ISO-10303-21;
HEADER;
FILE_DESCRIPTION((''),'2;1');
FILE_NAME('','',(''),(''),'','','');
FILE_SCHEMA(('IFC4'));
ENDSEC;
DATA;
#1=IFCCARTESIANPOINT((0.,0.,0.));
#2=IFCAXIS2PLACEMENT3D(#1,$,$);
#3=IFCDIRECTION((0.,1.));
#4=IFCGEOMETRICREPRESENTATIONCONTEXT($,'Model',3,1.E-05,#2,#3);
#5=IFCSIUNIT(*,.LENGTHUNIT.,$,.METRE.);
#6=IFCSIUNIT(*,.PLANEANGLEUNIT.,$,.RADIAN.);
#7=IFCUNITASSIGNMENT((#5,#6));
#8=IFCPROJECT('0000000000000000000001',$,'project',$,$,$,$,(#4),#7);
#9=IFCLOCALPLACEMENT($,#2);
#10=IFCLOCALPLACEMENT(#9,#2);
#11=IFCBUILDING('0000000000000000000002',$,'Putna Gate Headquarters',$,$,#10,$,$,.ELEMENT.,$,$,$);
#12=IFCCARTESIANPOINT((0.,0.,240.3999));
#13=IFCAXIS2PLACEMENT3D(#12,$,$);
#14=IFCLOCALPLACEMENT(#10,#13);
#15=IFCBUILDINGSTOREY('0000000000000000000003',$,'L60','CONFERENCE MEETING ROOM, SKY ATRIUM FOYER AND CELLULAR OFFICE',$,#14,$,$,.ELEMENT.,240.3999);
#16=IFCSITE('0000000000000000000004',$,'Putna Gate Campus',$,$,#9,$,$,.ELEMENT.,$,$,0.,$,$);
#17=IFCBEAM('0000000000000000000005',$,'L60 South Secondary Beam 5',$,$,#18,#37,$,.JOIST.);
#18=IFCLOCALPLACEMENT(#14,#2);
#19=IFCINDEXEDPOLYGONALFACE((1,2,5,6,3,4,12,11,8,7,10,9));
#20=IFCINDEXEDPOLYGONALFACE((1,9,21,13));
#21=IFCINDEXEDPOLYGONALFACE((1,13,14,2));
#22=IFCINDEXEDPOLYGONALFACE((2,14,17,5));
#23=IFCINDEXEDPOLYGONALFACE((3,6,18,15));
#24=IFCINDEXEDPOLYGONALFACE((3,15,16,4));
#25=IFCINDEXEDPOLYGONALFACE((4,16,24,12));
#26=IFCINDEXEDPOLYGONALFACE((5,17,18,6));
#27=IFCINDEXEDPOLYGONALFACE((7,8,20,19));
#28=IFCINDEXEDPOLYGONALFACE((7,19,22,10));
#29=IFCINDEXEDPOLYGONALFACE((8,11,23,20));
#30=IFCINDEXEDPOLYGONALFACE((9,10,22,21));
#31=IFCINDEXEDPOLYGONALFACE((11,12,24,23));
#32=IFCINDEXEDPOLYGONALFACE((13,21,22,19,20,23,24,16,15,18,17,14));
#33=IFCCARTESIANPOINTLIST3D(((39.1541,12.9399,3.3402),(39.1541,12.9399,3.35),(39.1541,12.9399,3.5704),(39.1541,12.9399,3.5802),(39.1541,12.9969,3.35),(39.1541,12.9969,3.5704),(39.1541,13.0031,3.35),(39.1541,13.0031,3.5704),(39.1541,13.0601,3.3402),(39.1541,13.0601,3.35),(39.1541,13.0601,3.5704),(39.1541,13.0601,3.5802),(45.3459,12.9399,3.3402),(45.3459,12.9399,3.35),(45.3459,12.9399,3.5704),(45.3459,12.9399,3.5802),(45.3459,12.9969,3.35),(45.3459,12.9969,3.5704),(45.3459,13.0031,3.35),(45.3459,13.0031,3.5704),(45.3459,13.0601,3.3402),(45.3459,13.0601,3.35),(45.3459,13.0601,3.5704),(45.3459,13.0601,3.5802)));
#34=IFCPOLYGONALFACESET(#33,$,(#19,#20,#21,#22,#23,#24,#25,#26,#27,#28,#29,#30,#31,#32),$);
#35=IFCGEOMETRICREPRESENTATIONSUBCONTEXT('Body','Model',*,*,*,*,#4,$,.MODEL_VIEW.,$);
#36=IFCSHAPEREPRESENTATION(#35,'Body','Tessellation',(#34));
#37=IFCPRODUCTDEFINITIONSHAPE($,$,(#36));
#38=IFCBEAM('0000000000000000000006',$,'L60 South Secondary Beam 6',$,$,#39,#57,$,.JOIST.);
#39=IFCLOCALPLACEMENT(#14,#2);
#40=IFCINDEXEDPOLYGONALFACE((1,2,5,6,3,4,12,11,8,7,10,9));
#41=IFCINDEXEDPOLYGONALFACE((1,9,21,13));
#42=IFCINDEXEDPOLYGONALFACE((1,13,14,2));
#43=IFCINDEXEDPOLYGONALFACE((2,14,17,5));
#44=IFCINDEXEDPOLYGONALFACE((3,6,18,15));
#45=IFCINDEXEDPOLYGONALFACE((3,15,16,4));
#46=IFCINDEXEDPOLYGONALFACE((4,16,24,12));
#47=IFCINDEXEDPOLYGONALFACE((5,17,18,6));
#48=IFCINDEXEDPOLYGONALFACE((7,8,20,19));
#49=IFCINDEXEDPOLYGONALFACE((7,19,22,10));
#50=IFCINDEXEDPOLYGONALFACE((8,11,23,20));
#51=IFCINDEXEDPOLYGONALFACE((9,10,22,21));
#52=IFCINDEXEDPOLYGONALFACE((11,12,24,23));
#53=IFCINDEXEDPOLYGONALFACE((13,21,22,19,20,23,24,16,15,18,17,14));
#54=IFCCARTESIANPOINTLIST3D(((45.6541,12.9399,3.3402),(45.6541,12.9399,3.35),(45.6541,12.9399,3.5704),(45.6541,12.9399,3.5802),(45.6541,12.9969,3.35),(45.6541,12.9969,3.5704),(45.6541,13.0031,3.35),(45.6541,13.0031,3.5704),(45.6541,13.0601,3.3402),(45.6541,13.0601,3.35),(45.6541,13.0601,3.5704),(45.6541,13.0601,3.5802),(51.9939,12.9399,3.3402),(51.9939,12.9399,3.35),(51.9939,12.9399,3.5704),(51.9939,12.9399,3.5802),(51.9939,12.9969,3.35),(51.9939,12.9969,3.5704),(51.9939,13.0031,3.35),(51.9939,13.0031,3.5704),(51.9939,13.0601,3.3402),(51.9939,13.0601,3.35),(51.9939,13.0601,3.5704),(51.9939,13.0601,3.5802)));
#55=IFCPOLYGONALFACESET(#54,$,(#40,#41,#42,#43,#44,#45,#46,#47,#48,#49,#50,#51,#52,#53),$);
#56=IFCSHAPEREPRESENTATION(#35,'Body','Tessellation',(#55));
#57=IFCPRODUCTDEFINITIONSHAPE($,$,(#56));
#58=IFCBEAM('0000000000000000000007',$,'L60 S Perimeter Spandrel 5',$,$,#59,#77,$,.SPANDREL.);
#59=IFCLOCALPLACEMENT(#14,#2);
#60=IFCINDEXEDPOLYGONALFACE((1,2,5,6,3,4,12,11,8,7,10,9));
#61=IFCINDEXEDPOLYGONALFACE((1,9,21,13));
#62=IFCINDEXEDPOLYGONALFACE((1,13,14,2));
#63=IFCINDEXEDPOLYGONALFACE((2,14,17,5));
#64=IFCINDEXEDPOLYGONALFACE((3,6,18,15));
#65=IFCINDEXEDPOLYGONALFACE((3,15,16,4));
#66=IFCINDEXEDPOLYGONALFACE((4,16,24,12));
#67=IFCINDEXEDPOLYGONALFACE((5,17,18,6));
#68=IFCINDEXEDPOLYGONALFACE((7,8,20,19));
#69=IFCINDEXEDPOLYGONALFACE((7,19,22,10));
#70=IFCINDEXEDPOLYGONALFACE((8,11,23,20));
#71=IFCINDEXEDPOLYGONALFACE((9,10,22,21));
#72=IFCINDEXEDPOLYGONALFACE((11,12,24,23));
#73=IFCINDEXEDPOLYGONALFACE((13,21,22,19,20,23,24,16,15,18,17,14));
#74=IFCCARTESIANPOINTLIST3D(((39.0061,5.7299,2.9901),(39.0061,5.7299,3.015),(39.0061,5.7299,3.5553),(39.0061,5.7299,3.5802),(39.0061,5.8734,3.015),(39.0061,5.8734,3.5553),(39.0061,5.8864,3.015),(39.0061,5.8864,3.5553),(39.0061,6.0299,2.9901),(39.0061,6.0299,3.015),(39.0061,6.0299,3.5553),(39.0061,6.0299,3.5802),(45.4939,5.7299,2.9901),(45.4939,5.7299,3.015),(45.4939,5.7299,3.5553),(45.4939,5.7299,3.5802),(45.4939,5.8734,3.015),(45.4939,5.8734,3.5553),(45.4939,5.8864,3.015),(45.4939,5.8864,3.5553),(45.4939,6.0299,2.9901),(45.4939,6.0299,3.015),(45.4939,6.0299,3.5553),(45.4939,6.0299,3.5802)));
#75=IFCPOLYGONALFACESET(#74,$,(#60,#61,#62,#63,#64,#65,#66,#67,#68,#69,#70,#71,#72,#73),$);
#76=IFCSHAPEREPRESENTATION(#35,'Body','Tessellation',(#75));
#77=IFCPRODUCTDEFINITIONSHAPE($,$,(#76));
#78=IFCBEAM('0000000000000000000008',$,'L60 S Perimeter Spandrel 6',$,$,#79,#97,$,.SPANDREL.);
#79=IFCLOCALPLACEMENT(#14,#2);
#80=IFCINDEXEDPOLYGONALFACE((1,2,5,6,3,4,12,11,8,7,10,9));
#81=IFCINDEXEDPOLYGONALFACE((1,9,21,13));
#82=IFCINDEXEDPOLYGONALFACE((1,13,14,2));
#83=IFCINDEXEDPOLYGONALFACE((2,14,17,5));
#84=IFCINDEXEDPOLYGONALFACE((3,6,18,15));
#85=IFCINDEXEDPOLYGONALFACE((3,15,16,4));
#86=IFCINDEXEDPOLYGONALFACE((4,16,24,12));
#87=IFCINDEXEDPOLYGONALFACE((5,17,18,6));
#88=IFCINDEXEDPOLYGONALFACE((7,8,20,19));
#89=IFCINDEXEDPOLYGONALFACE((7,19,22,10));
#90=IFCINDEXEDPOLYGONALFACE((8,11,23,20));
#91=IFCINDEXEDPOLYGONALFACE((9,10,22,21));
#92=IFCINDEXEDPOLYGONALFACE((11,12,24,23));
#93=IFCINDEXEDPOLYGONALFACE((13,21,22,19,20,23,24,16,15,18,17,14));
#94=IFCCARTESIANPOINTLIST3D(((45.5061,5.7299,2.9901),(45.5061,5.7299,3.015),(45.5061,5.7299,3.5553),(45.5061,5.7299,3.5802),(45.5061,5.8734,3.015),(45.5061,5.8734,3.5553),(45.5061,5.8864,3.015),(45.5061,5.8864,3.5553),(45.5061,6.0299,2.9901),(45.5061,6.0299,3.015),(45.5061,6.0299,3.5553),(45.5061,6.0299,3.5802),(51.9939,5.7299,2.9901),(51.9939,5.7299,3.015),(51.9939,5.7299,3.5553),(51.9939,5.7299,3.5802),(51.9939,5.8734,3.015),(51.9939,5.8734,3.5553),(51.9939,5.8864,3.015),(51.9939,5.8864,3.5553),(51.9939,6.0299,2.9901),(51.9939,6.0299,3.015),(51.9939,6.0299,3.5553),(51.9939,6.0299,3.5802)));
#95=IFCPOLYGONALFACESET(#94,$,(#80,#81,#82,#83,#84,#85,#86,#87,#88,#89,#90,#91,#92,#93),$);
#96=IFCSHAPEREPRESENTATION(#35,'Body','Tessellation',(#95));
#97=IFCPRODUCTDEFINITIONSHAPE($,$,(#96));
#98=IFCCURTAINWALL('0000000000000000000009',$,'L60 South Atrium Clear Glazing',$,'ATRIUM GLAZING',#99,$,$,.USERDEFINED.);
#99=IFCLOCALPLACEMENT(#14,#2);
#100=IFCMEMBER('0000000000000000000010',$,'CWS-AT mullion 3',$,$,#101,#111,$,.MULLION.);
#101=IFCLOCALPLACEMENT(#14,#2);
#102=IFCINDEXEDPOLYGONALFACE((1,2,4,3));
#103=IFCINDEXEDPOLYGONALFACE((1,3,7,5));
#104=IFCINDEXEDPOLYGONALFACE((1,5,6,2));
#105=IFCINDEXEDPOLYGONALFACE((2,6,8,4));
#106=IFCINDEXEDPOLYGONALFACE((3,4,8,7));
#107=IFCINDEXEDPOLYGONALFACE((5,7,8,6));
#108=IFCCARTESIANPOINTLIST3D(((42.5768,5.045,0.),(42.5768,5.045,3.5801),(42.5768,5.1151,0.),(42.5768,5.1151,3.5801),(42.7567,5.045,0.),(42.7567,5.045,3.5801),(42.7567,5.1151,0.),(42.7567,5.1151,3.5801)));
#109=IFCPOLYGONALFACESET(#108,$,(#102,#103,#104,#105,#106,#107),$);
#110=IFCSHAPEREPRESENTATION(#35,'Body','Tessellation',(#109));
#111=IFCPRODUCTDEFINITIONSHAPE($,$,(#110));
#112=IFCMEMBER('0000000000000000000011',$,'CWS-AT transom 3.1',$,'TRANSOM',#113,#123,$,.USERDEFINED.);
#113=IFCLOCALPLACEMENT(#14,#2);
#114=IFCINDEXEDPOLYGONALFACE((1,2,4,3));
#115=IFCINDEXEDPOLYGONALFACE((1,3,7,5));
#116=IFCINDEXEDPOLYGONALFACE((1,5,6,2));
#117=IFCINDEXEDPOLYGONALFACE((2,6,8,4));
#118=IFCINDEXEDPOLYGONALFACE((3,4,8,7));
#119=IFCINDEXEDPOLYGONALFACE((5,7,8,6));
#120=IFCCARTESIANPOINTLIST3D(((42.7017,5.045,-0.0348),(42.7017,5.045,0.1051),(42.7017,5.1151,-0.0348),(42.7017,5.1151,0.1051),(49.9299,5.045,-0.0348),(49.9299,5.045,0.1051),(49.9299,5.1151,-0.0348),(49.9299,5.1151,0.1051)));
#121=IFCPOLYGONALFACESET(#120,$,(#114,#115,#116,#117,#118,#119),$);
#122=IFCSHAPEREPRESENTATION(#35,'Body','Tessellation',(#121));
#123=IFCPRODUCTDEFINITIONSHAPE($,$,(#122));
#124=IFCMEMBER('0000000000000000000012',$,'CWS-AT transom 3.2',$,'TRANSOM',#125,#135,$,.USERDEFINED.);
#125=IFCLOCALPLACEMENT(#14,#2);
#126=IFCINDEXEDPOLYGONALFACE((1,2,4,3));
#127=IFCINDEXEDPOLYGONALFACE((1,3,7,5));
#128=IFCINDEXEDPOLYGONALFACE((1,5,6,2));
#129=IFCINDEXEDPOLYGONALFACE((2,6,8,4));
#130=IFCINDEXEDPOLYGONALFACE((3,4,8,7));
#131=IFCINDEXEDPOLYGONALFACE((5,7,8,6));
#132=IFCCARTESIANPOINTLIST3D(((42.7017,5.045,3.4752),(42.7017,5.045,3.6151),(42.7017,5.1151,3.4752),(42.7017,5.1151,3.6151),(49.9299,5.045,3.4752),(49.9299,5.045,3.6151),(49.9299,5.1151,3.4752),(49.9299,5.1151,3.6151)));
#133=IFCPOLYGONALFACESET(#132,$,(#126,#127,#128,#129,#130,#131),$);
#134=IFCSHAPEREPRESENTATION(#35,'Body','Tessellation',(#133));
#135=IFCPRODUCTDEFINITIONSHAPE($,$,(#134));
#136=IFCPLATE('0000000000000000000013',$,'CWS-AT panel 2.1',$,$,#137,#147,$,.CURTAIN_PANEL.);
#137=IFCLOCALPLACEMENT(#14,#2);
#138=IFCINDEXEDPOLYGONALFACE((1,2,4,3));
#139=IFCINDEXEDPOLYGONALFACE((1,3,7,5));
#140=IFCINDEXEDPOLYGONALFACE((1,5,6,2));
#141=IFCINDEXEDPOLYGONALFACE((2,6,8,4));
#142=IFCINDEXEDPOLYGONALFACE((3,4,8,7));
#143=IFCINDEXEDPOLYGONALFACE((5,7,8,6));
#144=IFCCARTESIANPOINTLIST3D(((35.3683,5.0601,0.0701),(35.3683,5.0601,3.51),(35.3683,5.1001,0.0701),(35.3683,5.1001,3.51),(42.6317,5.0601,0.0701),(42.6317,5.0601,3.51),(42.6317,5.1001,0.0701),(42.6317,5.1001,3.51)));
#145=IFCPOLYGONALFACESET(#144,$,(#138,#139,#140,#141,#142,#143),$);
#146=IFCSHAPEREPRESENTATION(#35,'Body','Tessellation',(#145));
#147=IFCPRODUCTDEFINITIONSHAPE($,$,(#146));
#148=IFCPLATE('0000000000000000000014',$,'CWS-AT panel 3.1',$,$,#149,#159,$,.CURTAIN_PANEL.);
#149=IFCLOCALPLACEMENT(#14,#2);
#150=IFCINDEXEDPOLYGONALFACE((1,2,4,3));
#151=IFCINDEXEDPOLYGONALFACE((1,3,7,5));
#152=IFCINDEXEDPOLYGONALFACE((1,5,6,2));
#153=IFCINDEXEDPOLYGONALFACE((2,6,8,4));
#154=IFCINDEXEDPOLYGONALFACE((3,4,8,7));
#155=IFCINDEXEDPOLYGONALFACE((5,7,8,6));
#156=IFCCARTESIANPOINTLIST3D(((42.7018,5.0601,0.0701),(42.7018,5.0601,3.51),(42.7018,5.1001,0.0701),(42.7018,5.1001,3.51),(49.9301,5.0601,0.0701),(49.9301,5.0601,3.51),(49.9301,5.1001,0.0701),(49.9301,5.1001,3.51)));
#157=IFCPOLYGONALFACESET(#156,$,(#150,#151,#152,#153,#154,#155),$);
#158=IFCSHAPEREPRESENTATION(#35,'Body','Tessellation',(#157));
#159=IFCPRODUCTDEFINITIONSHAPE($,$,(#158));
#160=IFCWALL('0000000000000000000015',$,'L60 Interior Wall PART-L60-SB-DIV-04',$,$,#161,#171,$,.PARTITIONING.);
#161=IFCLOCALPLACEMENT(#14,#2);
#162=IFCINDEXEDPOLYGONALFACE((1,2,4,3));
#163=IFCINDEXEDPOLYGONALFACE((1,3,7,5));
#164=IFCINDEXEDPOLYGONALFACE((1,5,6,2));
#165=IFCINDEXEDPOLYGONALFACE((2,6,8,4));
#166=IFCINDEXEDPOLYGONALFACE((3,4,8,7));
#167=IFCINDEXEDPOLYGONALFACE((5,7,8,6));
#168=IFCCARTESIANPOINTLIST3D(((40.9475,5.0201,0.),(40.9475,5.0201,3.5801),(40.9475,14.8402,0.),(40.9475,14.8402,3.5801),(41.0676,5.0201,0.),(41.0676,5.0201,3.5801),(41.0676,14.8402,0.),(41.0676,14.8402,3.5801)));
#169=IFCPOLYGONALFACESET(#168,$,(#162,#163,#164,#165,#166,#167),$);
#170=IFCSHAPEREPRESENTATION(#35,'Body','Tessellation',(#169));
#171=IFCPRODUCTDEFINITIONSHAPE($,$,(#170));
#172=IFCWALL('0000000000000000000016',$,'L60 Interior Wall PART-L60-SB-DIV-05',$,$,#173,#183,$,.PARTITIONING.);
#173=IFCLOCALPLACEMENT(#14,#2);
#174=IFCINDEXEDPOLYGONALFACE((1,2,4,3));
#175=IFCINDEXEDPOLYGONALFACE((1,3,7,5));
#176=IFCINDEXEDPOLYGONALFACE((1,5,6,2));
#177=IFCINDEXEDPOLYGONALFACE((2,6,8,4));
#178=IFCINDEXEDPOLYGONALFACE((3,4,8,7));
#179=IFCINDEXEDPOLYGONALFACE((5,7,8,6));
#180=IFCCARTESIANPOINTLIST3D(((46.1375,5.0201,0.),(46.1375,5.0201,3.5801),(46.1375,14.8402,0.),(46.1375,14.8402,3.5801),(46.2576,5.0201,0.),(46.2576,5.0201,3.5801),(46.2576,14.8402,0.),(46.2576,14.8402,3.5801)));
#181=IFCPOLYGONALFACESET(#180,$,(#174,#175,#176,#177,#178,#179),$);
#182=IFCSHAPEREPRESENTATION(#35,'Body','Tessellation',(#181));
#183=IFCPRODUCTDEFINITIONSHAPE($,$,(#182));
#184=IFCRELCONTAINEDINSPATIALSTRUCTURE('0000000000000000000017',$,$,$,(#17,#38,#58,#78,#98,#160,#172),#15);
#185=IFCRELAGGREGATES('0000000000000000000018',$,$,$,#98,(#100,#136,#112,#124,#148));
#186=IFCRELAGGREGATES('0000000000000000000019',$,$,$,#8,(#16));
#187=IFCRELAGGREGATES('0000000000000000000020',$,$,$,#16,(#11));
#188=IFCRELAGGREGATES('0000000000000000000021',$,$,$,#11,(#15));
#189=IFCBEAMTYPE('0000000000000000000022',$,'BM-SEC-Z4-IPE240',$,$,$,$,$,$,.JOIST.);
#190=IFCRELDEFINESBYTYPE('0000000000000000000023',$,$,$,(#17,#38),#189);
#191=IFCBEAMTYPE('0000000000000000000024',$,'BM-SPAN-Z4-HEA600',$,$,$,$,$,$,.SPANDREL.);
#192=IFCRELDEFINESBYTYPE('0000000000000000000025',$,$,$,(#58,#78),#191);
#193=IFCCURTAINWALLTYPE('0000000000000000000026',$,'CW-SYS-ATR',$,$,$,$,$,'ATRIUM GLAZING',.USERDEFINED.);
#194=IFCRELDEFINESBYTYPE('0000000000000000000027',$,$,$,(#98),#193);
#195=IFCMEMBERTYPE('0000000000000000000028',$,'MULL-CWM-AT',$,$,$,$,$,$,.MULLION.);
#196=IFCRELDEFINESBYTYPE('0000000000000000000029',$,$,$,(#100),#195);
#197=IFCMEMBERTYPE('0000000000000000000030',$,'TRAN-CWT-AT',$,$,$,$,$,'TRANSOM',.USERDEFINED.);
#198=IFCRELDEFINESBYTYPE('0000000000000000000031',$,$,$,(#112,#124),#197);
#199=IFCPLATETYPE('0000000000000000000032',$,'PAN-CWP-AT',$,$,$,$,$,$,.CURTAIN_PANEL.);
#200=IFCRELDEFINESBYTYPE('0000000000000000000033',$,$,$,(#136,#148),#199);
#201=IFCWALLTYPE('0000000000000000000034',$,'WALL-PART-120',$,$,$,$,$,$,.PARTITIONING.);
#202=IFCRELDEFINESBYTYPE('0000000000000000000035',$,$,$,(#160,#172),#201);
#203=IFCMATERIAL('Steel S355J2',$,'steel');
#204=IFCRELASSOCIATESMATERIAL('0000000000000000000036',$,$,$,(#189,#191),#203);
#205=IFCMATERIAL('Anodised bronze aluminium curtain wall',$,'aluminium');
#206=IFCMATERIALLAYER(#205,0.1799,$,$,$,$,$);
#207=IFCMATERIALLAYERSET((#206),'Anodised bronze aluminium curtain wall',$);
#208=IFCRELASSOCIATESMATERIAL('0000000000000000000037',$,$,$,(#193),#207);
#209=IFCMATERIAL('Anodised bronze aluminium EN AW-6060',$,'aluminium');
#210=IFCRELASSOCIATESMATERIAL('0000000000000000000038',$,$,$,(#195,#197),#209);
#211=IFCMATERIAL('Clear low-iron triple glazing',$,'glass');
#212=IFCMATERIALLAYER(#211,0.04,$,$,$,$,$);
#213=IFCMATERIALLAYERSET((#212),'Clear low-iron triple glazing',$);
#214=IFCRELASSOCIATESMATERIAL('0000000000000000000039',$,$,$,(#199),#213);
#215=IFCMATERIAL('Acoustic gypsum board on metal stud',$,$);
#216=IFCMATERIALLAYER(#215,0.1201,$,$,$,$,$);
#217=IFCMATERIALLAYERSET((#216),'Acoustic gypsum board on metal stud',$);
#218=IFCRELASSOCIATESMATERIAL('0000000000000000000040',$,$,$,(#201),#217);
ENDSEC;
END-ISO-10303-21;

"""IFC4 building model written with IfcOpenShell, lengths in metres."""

from ifc_helpers import new_model, si_unit, direction, frame, frame_2d, origin, origin_2d, place, context, subcontext, project, spatial, rectangle, i_section, extrude, material, layer, layer_set, material_profile, profile_set, type_object, element, aggregate, save


model = new_model("IFC4")

# Units and contexts
model_context = context("Model", 3, precision=1e-05, world=origin(), true_north=direction((0.0, 1.0)))
body_context = subcontext(model_context, "Body", "Model", "MODEL_VIEW")
ifc_project = project(units=[si_unit("LENGTHUNIT", "METRE"), si_unit("PLANEANGLEUNIT", "RADIAN")], contexts=[model_context])

# Site, building, storey
site_placement = place(None, origin())
site = spatial("IfcSite", under=ifc_project, at=site_placement, Name="Putna Gate Campus", CompositionType="ELEMENT", RefElevation=0.0)
building_placement = place(site_placement, origin())
building = spatial("IfcBuilding", under=site, at=building_placement, Name="Putna Gate Headquarters", CompositionType="ELEMENT")
storey_placement = place(building_placement, frame((0.0, 0.0, 240.3999)))
storey = spatial("IfcBuildingStorey", under=building, at=storey_placement, Name="L60", Description="CONFERENCE MEETING ROOM, SKY ATRIUM FOYER AND CELLULAR OFFICE", CompositionType="ELEMENT", Elevation=240.3999)

# Beams
ifc_material_1 = material(Name="Steel S355J2", Category="steel")
ifc_material_profile_1 = material_profile(ifc_material_1, i_section(OverallWidth=0.1201, OverallDepth=0.24, WebThickness=0.0061, FlangeThickness=0.0098, at=origin_2d()), Name="Steel S355J2")
ifc_profile_set_1 = profile_set([ifc_material_profile_1], Name="Steel S355J2")
beam_type_1 = type_object("IfcBeamType", Name="BM-SEC-Z4-IPE240", PredefinedType="JOIST", material=ifc_profile_set_1)
beam_1_placement = place(storey_placement, frame((39.1541, 13.0, 3.4602), z_axis=(1.0, 0.0, 0.0), x_axis=(0.0, 1.0, 0.0)))
element("IfcBeam", 1, at=beam_1_placement, inside=storey, type_object=beam_type_1, Name="L60 South Secondary Beam 5", PredefinedType="JOIST", context=body_context, shape_type="SweptSolid", body=[
    extrude(i_section(OverallWidth=0.1201, OverallDepth=0.24, WebThickness=0.0061, FlangeThickness=0.0098, at=origin_2d()), origin(), (0.0, 0.0, 1.0), 6.1919),
])
beam_2_placement = place(storey_placement, frame((45.6541, 13.0, 3.4602), z_axis=(1.0, 0.0, 0.0), x_axis=(0.0, 1.0, 0.0)))
element("IfcBeam", 2, at=beam_2_placement, inside=storey, type_object=beam_type_1, Name="L60 South Secondary Beam 6", PredefinedType="JOIST", context=body_context, shape_type="SweptSolid", body=[
    extrude(i_section(OverallWidth=0.1201, OverallDepth=0.24, WebThickness=0.0061, FlangeThickness=0.0098, at=origin_2d()), origin(), (0.0, 0.0, 1.0), 6.3398),
])
ifc_material_profile_2 = material_profile(ifc_material_1, i_section(OverallWidth=0.3, OverallDepth=0.5901, WebThickness=0.0129, FlangeThickness=0.0249, at=origin_2d()), Name="Steel S355J2")
ifc_profile_set_2 = profile_set([ifc_material_profile_2], Name="Steel S355J2")
beam_type_2 = type_object("IfcBeamType", Name="BM-SPAN-Z4-HEA600", PredefinedType="SPANDREL", material=ifc_profile_set_2)
for number, where, z_axis, x_axis, name in (
    (3, (39.0061, 5.8799, 3.2852), (1.0, 0.0, 0.0), (0.0, 1.0, 0.0), "L60 S Perimeter Spandrel 5"),
    (4, (45.5061, 5.8799, 3.2852), (1.0, 0.0, 0.0), (0.0, 1.0, 0.0), "L60 S Perimeter Spandrel 6"),
):
    element("IfcBeam", number, at=place(storey_placement, frame(where, z_axis=z_axis, x_axis=x_axis)), inside=storey, type_object=beam_type_2, Name=name, PredefinedType="SPANDREL", context=body_context, shape_type="SweptSolid", body=[
        extrude(i_section(OverallWidth=0.3, OverallDepth=0.5901, WebThickness=0.0129, FlangeThickness=0.0249, at=origin_2d()), origin(), (0.0, 0.0, 1.0), 6.4878),
    ])

# Curtain wall, members, plates
ifc_material_2 = material(Name="Anodised bronze aluminium curtain wall", Category="aluminium")
ifc_layer_1 = layer(ifc_material_2, 0.1799)
ifc_layer_set_1 = layer_set([ifc_layer_1], Name="Anodised bronze aluminium curtain wall")
curtain_wall_type = type_object("IfcCurtainWallType", Name="CW-SYS-ATR", ElementType="ATRIUM GLAZING", PredefinedType="USERDEFINED", material=ifc_layer_set_1)
curtain_wall_placement = place(storey_placement, origin())
curtain_wall = element("IfcCurtainWall", 5, at=curtain_wall_placement, inside=storey, type_object=curtain_wall_type, Name="L60 South Atrium Clear Glazing", ObjectType="ATRIUM GLAZING", PredefinedType="USERDEFINED")
ifc_material_3 = material(Name="Anodised bronze aluminium EN AW-6060", Category="aluminium")
ifc_material_profile_3 = material_profile(ifc_material_3, rectangle(XDim=0.0701, YDim=0.1799, at=origin_2d()), Name="Anodised bronze aluminium EN AW-6060")
ifc_profile_set_3 = profile_set([ifc_material_profile_3], Name="Anodised bronze aluminium EN AW-6060")
member_type_1 = type_object("IfcMemberType", Name="MULL-CWM-AT", PredefinedType="MULLION", material=ifc_profile_set_3)
member_1_placement = place(storey_placement, frame((42.6667, 5.0801, 0.0), z_axis=(0.0, 0.0, 1.0), x_axis=(0.0, 1.0, 0.0)))
member_1 = element("IfcMember", 6, at=member_1_placement, type_object=member_type_1, Name="CWS-AT mullion 3", PredefinedType="MULLION", context=body_context, shape_type="SweptSolid", body=[
    extrude(rectangle(XDim=0.0701, YDim=0.1799, at=origin_2d()), origin(), (0.0, 0.0, 1.0), 3.5801),
])
ifc_material_profile_4 = material_profile(ifc_material_3, rectangle(XDim=0.0701, YDim=0.1399, at=origin_2d()), Name="Anodised bronze aluminium EN AW-6060")
ifc_profile_set_4 = profile_set([ifc_material_profile_4], Name="Anodised bronze aluminium EN AW-6060")
member_type_2 = type_object("IfcMemberType", Name="TRAN-CWT-AT", ElementType="TRANSOM", PredefinedType="USERDEFINED", material=ifc_profile_set_4)
member_2_placement = place(storey_placement, frame((42.7017, 5.0801, 0.0352), z_axis=(1.0, 0.0, 0.0), x_axis=(0.0, 1.0, 0.0)))
member_2 = element("IfcMember", 7, at=member_2_placement, type_object=member_type_2, Name="CWS-AT transom 3.1", ObjectType="TRANSOM", PredefinedType="USERDEFINED", context=body_context, shape_type="SweptSolid", body=[
    extrude(rectangle(XDim=0.0701, YDim=0.1399, at=origin_2d()), origin(), (0.0, 0.0, 1.0), 7.2283),
])
member_3_placement = place(storey_placement, frame((42.7017, 5.0801, 3.5452), z_axis=(1.0, 0.0, 0.0), x_axis=(0.0, 1.0, 0.0)))
member_3 = element("IfcMember", 8, at=member_3_placement, type_object=member_type_2, Name="CWS-AT transom 3.2", ObjectType="TRANSOM", PredefinedType="USERDEFINED", context=body_context, shape_type="SweptSolid", body=[
    extrude(rectangle(XDim=0.0701, YDim=0.1399, at=origin_2d()), origin(), (0.0, 0.0, 1.0), 7.2283),
])
ifc_material_4 = material(Name="Clear low-iron triple glazing", Category="glass")
ifc_layer_2 = layer(ifc_material_4, 0.04)
ifc_layer_set_2 = layer_set([ifc_layer_2], Name="Clear low-iron triple glazing")
plate_type = type_object("IfcPlateType", Name="PAN-CWP-AT", PredefinedType="CURTAIN_PANEL", material=ifc_layer_set_2)
plate_1_placement = place(storey_placement, frame((39.0, 5.0801, 0.0701), z_axis=(0.0, 0.0, 1.0), x_axis=(1.0, 0.0, 0.0)))
plate_1 = element("IfcPlate", 9, at=plate_1_placement, type_object=plate_type, Name="CWS-AT panel 2.1", PredefinedType="CURTAIN_PANEL", context=body_context, shape_type="SweptSolid", body=[
    extrude(rectangle(XDim=7.2634, YDim=0.04, at=origin_2d()), origin(), (0.0, 0.0, 1.0), 3.4399),
])
plate_2_placement = place(storey_placement, frame((46.3159, 5.0801, 0.0701), z_axis=(0.0, 0.0, 1.0), x_axis=(1.0, 0.0, 0.0)))
plate_2 = element("IfcPlate", 10, at=plate_2_placement, type_object=plate_type, Name="CWS-AT panel 3.1", PredefinedType="CURTAIN_PANEL", context=body_context, shape_type="SweptSolid", body=[
    extrude(rectangle(XDim=7.2283, YDim=0.04, at=origin_2d()), origin(), (0.0, 0.0, 1.0), 3.4399),
])
aggregate(curtain_wall, [member_1, plate_1, member_2, member_3, plate_2])

# Walls
ifc_material_5 = material(Name="Acoustic gypsum board on metal stud")
ifc_layer_3 = layer(ifc_material_5, 0.1201)
ifc_layer_set_3 = layer_set([ifc_layer_3], Name="Acoustic gypsum board on metal stud")
wall_type_1 = type_object("IfcWallType", Name="WALL-PART-120", PredefinedType="PARTITIONING", material=ifc_layer_set_3)
for number, where, z_axis, x_axis, name in (
    (11, (41.0076, 5.02, 0.0), (0.0, 0.0, 1.0), (0.0, 1.0, 0.0), "L60 Interior Wall PART-L60-SB-DIV-04"),
    (12, (46.1975, 5.02, 0.0), (0.0, 0.0, 1.0), (0.0, 1.0, 0.0), "L60 Interior Wall PART-L60-SB-DIV-05"),
):
    element("IfcWall", number, at=place(storey_placement, frame(where, z_axis=z_axis, x_axis=x_axis)), inside=storey, type_object=wall_type_1, Name=name, PredefinedType="PARTITIONING", context=body_context, shape_type="SweptSolid", body=[
        extrude(rectangle(XDim=9.8201, YDim=0.1201, at=frame_2d((4.9102, 0.0))), origin(), (0.0, 0.0, 1.0), 3.5801),
    ])

save(model, "model.ifc")
